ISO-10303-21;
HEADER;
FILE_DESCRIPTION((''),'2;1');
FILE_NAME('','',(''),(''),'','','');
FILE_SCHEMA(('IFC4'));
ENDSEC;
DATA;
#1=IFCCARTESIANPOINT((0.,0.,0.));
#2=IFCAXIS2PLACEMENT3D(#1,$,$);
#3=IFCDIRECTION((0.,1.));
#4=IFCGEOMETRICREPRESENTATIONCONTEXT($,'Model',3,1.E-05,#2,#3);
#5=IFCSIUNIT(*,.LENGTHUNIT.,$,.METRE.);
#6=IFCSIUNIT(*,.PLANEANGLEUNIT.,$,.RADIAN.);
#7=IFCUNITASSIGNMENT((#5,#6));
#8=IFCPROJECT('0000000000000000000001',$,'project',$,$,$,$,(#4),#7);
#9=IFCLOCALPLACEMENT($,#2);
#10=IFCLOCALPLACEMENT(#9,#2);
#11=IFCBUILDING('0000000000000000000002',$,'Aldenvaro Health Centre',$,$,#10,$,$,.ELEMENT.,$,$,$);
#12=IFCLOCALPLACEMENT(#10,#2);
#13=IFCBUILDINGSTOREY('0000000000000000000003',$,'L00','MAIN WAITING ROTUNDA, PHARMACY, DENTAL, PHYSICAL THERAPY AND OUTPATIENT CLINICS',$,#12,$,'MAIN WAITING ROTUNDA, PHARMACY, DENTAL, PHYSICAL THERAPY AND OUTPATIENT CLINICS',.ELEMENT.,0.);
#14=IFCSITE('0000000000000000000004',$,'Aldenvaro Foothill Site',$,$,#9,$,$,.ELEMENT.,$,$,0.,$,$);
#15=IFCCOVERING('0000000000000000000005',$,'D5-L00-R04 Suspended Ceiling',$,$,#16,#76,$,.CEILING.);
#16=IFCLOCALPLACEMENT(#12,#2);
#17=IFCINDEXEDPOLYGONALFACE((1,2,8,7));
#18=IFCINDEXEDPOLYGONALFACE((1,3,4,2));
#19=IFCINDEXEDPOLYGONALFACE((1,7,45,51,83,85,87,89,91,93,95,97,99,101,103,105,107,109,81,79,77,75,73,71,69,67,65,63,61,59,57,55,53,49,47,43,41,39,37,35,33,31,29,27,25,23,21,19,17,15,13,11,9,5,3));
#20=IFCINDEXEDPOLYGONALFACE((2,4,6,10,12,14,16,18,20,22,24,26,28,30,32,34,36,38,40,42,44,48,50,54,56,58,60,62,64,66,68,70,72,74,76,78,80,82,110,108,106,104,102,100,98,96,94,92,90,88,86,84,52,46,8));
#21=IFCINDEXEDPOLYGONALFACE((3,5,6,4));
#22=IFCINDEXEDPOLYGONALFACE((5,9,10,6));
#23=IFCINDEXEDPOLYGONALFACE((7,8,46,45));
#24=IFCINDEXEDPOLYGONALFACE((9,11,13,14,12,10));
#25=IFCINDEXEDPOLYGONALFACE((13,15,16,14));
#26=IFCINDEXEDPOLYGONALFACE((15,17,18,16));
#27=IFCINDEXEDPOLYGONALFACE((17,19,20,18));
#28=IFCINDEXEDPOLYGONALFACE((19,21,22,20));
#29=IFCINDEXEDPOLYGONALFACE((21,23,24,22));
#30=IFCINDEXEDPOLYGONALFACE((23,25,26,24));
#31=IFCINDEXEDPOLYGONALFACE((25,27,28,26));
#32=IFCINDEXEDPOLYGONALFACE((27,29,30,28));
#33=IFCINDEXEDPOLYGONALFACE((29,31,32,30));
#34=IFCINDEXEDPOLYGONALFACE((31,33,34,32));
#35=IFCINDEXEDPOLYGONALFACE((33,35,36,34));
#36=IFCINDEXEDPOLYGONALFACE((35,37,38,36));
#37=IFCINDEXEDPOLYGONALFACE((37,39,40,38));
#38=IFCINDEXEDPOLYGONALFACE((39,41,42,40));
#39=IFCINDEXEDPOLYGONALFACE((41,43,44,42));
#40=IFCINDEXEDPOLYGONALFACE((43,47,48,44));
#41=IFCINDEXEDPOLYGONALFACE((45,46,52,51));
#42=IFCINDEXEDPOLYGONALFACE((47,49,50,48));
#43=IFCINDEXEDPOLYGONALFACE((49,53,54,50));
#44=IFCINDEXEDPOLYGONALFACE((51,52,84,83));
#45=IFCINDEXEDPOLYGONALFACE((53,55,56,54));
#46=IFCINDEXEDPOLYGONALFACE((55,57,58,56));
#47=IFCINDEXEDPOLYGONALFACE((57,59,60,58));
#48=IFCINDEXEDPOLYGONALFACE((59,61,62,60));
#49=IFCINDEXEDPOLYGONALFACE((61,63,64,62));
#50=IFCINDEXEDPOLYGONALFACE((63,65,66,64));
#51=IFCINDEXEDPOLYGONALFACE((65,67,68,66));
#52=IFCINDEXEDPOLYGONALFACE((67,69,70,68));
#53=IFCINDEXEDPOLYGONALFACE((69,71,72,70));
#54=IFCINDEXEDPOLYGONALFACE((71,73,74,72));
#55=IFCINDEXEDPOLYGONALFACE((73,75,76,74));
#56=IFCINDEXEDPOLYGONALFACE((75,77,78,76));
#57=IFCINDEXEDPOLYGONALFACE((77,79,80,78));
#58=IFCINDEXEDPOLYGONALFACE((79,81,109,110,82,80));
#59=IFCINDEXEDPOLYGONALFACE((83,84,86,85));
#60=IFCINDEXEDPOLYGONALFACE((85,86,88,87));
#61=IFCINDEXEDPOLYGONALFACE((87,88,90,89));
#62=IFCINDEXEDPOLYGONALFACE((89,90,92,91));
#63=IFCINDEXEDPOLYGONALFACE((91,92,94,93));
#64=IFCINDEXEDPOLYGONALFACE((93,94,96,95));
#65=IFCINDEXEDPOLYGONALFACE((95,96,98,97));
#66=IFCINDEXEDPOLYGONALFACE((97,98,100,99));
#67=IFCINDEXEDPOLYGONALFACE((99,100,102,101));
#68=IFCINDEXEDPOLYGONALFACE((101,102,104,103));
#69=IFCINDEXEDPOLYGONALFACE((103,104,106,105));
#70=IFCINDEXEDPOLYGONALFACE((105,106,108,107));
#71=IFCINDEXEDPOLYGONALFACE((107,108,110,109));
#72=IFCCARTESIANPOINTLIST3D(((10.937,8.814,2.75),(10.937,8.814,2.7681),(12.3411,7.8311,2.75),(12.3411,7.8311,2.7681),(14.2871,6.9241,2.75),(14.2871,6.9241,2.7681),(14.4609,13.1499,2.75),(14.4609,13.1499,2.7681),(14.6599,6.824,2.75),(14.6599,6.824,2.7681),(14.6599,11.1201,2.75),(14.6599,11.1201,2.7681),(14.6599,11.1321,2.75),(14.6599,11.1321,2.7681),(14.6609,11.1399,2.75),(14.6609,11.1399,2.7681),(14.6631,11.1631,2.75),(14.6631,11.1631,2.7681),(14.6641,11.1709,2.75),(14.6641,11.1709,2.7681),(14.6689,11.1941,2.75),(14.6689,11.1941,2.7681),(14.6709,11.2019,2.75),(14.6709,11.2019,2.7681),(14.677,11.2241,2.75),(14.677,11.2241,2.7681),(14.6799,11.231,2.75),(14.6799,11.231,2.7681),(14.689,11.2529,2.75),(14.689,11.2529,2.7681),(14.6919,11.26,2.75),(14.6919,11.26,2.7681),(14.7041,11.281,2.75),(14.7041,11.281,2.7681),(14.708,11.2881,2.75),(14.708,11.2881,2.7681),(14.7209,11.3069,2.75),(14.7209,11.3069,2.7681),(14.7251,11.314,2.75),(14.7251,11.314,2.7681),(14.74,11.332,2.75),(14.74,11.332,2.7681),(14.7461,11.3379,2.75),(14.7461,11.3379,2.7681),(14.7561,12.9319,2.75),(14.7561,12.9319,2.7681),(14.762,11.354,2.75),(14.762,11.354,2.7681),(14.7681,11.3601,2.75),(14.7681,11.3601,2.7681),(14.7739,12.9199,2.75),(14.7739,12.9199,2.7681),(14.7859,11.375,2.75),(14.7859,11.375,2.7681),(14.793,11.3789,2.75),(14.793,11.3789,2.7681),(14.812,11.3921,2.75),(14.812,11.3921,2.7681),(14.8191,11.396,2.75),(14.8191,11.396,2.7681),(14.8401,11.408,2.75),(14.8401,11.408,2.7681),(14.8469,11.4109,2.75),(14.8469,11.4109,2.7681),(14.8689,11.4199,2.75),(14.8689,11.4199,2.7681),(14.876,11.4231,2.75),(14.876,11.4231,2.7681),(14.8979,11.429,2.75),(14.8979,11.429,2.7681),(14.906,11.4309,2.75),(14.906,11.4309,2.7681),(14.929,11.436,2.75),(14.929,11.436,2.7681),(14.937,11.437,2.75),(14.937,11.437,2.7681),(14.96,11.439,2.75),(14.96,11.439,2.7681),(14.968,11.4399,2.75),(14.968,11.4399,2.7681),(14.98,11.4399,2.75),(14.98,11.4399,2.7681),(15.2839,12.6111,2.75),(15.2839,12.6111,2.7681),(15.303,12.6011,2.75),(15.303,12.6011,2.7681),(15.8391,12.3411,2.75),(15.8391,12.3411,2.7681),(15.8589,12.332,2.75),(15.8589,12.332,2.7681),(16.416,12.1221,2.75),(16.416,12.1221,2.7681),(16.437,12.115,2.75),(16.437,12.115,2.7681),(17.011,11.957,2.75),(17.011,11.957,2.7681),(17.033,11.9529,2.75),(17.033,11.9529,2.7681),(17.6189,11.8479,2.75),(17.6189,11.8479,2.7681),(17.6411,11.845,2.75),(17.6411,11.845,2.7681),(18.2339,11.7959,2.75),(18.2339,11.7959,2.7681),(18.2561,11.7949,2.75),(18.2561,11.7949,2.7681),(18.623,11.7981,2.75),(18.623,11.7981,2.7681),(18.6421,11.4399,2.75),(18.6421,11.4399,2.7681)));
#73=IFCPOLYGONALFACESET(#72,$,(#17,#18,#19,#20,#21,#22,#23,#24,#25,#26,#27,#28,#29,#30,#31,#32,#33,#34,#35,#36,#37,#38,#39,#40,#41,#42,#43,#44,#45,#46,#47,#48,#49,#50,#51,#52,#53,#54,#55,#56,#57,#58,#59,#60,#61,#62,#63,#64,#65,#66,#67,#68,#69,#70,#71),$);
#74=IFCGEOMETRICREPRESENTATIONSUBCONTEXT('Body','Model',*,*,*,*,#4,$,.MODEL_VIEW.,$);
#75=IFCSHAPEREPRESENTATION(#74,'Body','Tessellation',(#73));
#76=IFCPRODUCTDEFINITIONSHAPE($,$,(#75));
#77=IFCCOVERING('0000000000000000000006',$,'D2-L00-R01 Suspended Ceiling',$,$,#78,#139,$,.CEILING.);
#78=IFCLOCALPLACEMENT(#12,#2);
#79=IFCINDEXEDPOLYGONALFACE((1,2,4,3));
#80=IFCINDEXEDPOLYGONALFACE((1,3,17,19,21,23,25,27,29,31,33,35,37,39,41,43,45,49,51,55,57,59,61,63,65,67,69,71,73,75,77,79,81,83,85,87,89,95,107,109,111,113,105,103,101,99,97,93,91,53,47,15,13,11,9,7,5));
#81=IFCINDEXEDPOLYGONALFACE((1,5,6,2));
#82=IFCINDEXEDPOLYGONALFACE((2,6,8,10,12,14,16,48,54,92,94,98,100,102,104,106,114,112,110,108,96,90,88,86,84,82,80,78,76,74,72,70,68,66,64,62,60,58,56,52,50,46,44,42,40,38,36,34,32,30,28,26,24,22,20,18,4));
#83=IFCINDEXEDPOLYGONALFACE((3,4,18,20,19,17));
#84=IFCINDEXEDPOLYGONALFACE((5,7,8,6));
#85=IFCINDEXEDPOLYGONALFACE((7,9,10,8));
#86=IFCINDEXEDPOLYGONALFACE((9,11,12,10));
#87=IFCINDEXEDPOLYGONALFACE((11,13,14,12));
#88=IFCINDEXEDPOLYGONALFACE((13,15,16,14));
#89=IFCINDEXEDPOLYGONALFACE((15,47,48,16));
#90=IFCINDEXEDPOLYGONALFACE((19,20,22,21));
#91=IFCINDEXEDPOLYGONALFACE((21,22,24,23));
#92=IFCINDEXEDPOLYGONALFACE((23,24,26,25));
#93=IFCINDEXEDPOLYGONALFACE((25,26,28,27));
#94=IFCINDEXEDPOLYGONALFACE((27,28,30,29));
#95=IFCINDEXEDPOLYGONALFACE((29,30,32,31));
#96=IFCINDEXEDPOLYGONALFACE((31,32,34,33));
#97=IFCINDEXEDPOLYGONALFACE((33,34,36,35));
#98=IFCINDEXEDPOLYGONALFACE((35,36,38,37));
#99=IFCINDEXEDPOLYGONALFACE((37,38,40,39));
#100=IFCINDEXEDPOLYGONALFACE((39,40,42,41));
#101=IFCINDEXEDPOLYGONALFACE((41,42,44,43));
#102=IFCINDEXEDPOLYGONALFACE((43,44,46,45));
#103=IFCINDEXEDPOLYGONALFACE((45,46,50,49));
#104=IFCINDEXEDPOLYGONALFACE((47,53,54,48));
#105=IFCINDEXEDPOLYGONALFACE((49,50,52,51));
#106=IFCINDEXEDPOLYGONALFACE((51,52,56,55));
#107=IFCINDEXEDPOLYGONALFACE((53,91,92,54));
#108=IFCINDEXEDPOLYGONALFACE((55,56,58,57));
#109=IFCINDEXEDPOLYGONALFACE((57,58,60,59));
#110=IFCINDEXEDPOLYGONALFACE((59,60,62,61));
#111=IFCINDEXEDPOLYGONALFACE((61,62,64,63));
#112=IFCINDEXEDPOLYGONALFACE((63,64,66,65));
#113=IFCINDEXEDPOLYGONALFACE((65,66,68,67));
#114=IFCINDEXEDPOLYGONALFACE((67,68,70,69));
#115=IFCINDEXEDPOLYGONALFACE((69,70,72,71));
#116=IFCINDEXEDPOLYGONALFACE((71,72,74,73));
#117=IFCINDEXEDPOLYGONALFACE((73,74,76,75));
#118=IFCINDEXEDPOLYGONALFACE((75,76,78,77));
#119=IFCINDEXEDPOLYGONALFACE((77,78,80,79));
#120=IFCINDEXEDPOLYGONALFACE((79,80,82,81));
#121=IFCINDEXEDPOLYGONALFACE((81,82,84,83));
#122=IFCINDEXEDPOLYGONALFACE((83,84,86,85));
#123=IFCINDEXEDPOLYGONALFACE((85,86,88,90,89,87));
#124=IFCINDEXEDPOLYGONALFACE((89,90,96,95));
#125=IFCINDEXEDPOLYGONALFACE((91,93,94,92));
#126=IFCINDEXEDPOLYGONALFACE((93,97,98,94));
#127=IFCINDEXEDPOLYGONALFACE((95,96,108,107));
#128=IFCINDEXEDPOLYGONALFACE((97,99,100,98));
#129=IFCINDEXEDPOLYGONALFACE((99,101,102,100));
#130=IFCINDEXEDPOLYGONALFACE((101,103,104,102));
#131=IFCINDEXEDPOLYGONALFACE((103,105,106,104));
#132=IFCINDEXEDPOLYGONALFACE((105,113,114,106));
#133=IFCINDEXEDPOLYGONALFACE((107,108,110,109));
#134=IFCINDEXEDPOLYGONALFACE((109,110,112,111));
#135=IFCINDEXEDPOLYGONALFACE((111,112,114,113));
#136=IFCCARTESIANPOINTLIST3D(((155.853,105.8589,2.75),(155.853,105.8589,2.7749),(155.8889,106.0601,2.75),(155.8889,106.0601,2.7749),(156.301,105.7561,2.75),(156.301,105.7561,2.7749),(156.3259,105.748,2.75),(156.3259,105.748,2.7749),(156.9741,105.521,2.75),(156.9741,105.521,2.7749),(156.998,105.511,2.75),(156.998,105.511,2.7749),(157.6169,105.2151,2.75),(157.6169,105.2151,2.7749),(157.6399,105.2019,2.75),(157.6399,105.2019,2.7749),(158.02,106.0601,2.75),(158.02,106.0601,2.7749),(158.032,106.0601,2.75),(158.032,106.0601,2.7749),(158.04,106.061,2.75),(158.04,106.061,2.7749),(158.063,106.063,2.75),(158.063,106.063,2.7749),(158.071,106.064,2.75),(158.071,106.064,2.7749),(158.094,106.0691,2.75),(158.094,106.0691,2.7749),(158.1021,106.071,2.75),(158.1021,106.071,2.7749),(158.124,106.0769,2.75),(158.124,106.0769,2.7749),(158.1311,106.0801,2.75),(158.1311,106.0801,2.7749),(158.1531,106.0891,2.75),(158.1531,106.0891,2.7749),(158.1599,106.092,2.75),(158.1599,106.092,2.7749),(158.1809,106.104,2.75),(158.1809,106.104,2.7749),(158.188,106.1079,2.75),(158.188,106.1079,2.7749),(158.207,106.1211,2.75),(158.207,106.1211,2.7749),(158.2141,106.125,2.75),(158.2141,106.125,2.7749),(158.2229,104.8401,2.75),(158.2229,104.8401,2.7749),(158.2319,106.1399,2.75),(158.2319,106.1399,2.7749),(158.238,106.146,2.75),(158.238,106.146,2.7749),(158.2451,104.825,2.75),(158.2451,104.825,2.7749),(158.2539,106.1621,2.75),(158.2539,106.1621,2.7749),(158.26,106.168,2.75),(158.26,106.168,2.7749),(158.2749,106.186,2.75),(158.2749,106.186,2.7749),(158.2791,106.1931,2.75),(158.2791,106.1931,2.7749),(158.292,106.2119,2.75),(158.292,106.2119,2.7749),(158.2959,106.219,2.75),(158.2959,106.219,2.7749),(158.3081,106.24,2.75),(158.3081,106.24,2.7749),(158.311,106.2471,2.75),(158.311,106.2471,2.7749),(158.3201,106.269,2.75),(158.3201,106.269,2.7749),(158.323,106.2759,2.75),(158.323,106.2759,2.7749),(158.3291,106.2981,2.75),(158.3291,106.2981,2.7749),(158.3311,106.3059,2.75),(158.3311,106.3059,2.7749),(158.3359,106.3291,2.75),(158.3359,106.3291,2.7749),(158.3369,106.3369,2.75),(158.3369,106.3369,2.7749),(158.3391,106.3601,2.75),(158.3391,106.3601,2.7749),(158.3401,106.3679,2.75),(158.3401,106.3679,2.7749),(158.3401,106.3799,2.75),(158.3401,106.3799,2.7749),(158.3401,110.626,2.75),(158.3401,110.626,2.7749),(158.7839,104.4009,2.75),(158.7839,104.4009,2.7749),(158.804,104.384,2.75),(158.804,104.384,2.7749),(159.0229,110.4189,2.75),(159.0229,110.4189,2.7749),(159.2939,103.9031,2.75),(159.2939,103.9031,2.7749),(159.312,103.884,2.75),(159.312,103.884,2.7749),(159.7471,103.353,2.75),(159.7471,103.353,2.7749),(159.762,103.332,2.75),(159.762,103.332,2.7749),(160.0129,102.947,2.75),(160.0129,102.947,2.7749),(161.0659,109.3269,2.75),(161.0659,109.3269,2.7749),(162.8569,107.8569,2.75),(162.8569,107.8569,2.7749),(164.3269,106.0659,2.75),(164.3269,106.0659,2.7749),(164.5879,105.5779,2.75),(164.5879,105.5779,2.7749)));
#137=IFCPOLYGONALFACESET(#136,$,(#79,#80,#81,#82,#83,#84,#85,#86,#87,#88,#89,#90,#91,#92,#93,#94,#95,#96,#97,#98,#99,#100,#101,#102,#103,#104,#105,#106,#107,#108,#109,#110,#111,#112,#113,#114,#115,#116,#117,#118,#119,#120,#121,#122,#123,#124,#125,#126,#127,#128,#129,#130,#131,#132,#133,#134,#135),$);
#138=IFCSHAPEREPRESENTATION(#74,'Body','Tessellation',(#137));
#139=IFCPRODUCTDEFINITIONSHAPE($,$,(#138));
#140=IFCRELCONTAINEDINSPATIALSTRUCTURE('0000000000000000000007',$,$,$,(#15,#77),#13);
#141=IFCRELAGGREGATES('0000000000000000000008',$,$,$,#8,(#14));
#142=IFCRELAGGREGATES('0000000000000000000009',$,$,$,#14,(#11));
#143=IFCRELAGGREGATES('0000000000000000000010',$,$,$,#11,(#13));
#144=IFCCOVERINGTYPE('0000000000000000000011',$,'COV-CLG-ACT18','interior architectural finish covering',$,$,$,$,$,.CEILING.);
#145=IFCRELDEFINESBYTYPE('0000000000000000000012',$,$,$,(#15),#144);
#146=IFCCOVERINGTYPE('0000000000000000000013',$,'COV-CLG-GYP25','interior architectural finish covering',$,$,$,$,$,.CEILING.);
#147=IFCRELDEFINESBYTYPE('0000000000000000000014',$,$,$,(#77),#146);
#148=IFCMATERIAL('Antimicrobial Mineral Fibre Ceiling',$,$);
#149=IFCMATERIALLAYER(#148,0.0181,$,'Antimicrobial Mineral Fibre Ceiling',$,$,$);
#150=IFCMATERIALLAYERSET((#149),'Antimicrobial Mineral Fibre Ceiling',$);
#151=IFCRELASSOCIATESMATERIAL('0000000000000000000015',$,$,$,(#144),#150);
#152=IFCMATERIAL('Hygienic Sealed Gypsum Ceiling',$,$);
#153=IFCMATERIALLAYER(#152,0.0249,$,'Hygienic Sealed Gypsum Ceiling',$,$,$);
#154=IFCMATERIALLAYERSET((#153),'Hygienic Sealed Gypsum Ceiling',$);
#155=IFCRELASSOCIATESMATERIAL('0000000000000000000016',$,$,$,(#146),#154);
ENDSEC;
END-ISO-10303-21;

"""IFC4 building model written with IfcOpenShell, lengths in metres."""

from ifc_helpers import new_model, si_unit, direction, frame, origin, place, context, subcontext, project, spatial, polyline, outline, extrude, material, layer, layer_set, type_object, element, save


model = new_model("IFC4")

# Units and contexts
model_context = context("Model", 3, precision=1e-05, world=origin(), true_north=direction((0.0, 1.0)))
body_context = subcontext(model_context, "Body", "Model", "MODEL_VIEW")
ifc_project = project(units=[si_unit("LENGTHUNIT", "METRE"), si_unit("PLANEANGLEUNIT", "RADIAN")], contexts=[model_context])

# Site, building, storey
site_placement = place(None, origin())
site = spatial("IfcSite", under=ifc_project, at=site_placement, Name="Aldenvaro Foothill Site", CompositionType="ELEMENT", RefElevation=0.0)
building_placement = place(site_placement, origin())
building = spatial("IfcBuilding", under=site, at=building_placement, Name="Aldenvaro Health Centre", CompositionType="ELEMENT")
storey_placement = place(building_placement, origin())
storey = spatial("IfcBuildingStorey", under=building, at=storey_placement, Name="L00", Description="MAIN WAITING ROTUNDA, PHARMACY, DENTAL, PHYSICAL THERAPY AND OUTPATIENT CLINICS", LongName="MAIN WAITING ROTUNDA, PHARMACY, DENTAL, PHYSICAL THERAPY AND OUTPATIENT CLINICS", CompositionType="ELEMENT", Elevation=0.0)

# Coverings
ifc_material_1 = material(Name="Antimicrobial Mineral Fibre Ceiling")
ifc_layer_1 = layer(ifc_material_1, 0.0181, Name="Antimicrobial Mineral Fibre Ceiling")
ifc_layer_set_1 = layer_set([ifc_layer_1], Name="Antimicrobial Mineral Fibre Ceiling")
covering_type_1 = type_object("IfcCoveringType", Name="COV-CLG-ACT18", Description="interior architectural finish covering", PredefinedType="CEILING", material=ifc_layer_set_1)
covering_1_placement = place(storey_placement, frame((0.0, 0.0, 2.75)))
element("IfcCovering", 1, at=covering_1_placement, inside=storey, type_object=covering_type_1, Name="D5-L00-R04 Suspended Ceiling", PredefinedType="CEILING", context=body_context, shape_type="SweptSolid", body=[
    extrude(outline(polyline([(14.7561, 12.9319), (14.7739, 12.9199), (15.2839, 12.6111), (15.303, 12.6011), (15.8391, 12.3411), (15.8589, 12.332), (16.416, 12.1221), (16.437, 12.115), (17.011, 11.957), (17.033, 11.9529), (17.6189, 11.8479), (17.6411, 11.845), (18.2339, 11.7959), (18.2561, 11.7949), (18.623, 11.7981), (18.6421, 11.4399), (14.98, 11.4399), (14.968, 11.4399), (14.96, 11.439), (14.937, 11.437), (14.929, 11.436), (14.906, 11.4309), (14.8979, 11.429), (14.876, 11.4231), (14.8689, 11.4199), (14.8469, 11.4109), (14.8401, 11.408), (14.8191, 11.396), (14.812, 11.3921), (14.793, 11.3789), (14.7859, 11.375), (14.7681, 11.3601), (14.762, 11.354), (14.7461, 11.3379), (14.74, 11.332), (14.7251, 11.314), (14.7209, 11.3069), (14.708, 11.2881), (14.7041, 11.281), (14.6919, 11.26), (14.689, 11.2529), (14.6799, 11.231), (14.677, 11.2241), (14.6709, 11.2019), (14.6689, 11.1941), (14.6641, 11.1709), (14.6631, 11.1631), (14.6609, 11.1399), (14.6599, 11.1321), (14.6599, 11.1201), (14.6599, 6.824), (14.2871, 6.9241), (12.3411, 7.8311), (10.937, 8.814), (14.4609, 13.1499), (14.7561, 12.9319)])), origin(), (0.0, 0.0, 1.0), 0.0181),
])
ifc_material_2 = material(Name="Hygienic Sealed Gypsum Ceiling")
ifc_layer_2 = layer(ifc_material_2, 0.0249, Name="Hygienic Sealed Gypsum Ceiling")
ifc_layer_set_2 = layer_set([ifc_layer_2], Name="Hygienic Sealed Gypsum Ceiling")
covering_type_2 = type_object("IfcCoveringType", Name="COV-CLG-GYP25", Description="interior architectural finish covering", PredefinedType="CEILING", material=ifc_layer_set_2)
covering_2_placement = place(storey_placement, frame((0.0, 0.0, 2.75)))
element("IfcCovering", 2, at=covering_2_placement, inside=storey, type_object=covering_type_2, Name="D2-L00-R01 Suspended Ceiling", PredefinedType="CEILING", context=body_context, shape_type="SweptSolid", body=[
    extrude(outline(polyline([(159.762, 103.332), (159.7471, 103.353), (159.312, 103.884), (159.2939, 103.9031), (158.804, 104.384), (158.7839, 104.4009), (158.2451, 104.825), (158.2229, 104.8401), (157.6399, 105.2019), (157.6169, 105.2151), (156.998, 105.511), (156.9741, 105.521), (156.3259, 105.748), (156.301, 105.7561), (155.853, 105.8589), (155.8889, 106.0601), (158.02, 106.0601), (158.032, 106.0601), (158.04, 106.061), (158.063, 106.063), (158.071, 106.064), (158.094, 106.0691), (158.1021, 106.071), (158.124, 106.0769), (158.1311, 106.0801), (158.1531, 106.0891), (158.1599, 106.092), (158.1809, 106.104), (158.188, 106.1079), (158.207, 106.1211), (158.2141, 106.125), (158.2319, 106.1399), (158.238, 106.146), (158.2539, 106.1621), (158.26, 106.168), (158.2749, 106.186), (158.2791, 106.1931), (158.292, 106.2119), (158.2959, 106.219), (158.3081, 106.24), (158.311, 106.2471), (158.3201, 106.269), (158.323, 106.2759), (158.3291, 106.2981), (158.3311, 106.3059), (158.3359, 106.3291), (158.3369, 106.3369), (158.3391, 106.3601), (158.3401, 106.3679), (158.3401, 106.3799), (158.3401, 110.626), (159.0229, 110.4189), (161.0659, 109.3269), (162.8569, 107.8569), (164.3269, 106.0659), (164.5879, 105.5779), (160.0129, 102.947), (159.762, 103.332)])), origin(), (0.0, 0.0, 1.0), 0.0249),
])

save(model, "model.ifc")
